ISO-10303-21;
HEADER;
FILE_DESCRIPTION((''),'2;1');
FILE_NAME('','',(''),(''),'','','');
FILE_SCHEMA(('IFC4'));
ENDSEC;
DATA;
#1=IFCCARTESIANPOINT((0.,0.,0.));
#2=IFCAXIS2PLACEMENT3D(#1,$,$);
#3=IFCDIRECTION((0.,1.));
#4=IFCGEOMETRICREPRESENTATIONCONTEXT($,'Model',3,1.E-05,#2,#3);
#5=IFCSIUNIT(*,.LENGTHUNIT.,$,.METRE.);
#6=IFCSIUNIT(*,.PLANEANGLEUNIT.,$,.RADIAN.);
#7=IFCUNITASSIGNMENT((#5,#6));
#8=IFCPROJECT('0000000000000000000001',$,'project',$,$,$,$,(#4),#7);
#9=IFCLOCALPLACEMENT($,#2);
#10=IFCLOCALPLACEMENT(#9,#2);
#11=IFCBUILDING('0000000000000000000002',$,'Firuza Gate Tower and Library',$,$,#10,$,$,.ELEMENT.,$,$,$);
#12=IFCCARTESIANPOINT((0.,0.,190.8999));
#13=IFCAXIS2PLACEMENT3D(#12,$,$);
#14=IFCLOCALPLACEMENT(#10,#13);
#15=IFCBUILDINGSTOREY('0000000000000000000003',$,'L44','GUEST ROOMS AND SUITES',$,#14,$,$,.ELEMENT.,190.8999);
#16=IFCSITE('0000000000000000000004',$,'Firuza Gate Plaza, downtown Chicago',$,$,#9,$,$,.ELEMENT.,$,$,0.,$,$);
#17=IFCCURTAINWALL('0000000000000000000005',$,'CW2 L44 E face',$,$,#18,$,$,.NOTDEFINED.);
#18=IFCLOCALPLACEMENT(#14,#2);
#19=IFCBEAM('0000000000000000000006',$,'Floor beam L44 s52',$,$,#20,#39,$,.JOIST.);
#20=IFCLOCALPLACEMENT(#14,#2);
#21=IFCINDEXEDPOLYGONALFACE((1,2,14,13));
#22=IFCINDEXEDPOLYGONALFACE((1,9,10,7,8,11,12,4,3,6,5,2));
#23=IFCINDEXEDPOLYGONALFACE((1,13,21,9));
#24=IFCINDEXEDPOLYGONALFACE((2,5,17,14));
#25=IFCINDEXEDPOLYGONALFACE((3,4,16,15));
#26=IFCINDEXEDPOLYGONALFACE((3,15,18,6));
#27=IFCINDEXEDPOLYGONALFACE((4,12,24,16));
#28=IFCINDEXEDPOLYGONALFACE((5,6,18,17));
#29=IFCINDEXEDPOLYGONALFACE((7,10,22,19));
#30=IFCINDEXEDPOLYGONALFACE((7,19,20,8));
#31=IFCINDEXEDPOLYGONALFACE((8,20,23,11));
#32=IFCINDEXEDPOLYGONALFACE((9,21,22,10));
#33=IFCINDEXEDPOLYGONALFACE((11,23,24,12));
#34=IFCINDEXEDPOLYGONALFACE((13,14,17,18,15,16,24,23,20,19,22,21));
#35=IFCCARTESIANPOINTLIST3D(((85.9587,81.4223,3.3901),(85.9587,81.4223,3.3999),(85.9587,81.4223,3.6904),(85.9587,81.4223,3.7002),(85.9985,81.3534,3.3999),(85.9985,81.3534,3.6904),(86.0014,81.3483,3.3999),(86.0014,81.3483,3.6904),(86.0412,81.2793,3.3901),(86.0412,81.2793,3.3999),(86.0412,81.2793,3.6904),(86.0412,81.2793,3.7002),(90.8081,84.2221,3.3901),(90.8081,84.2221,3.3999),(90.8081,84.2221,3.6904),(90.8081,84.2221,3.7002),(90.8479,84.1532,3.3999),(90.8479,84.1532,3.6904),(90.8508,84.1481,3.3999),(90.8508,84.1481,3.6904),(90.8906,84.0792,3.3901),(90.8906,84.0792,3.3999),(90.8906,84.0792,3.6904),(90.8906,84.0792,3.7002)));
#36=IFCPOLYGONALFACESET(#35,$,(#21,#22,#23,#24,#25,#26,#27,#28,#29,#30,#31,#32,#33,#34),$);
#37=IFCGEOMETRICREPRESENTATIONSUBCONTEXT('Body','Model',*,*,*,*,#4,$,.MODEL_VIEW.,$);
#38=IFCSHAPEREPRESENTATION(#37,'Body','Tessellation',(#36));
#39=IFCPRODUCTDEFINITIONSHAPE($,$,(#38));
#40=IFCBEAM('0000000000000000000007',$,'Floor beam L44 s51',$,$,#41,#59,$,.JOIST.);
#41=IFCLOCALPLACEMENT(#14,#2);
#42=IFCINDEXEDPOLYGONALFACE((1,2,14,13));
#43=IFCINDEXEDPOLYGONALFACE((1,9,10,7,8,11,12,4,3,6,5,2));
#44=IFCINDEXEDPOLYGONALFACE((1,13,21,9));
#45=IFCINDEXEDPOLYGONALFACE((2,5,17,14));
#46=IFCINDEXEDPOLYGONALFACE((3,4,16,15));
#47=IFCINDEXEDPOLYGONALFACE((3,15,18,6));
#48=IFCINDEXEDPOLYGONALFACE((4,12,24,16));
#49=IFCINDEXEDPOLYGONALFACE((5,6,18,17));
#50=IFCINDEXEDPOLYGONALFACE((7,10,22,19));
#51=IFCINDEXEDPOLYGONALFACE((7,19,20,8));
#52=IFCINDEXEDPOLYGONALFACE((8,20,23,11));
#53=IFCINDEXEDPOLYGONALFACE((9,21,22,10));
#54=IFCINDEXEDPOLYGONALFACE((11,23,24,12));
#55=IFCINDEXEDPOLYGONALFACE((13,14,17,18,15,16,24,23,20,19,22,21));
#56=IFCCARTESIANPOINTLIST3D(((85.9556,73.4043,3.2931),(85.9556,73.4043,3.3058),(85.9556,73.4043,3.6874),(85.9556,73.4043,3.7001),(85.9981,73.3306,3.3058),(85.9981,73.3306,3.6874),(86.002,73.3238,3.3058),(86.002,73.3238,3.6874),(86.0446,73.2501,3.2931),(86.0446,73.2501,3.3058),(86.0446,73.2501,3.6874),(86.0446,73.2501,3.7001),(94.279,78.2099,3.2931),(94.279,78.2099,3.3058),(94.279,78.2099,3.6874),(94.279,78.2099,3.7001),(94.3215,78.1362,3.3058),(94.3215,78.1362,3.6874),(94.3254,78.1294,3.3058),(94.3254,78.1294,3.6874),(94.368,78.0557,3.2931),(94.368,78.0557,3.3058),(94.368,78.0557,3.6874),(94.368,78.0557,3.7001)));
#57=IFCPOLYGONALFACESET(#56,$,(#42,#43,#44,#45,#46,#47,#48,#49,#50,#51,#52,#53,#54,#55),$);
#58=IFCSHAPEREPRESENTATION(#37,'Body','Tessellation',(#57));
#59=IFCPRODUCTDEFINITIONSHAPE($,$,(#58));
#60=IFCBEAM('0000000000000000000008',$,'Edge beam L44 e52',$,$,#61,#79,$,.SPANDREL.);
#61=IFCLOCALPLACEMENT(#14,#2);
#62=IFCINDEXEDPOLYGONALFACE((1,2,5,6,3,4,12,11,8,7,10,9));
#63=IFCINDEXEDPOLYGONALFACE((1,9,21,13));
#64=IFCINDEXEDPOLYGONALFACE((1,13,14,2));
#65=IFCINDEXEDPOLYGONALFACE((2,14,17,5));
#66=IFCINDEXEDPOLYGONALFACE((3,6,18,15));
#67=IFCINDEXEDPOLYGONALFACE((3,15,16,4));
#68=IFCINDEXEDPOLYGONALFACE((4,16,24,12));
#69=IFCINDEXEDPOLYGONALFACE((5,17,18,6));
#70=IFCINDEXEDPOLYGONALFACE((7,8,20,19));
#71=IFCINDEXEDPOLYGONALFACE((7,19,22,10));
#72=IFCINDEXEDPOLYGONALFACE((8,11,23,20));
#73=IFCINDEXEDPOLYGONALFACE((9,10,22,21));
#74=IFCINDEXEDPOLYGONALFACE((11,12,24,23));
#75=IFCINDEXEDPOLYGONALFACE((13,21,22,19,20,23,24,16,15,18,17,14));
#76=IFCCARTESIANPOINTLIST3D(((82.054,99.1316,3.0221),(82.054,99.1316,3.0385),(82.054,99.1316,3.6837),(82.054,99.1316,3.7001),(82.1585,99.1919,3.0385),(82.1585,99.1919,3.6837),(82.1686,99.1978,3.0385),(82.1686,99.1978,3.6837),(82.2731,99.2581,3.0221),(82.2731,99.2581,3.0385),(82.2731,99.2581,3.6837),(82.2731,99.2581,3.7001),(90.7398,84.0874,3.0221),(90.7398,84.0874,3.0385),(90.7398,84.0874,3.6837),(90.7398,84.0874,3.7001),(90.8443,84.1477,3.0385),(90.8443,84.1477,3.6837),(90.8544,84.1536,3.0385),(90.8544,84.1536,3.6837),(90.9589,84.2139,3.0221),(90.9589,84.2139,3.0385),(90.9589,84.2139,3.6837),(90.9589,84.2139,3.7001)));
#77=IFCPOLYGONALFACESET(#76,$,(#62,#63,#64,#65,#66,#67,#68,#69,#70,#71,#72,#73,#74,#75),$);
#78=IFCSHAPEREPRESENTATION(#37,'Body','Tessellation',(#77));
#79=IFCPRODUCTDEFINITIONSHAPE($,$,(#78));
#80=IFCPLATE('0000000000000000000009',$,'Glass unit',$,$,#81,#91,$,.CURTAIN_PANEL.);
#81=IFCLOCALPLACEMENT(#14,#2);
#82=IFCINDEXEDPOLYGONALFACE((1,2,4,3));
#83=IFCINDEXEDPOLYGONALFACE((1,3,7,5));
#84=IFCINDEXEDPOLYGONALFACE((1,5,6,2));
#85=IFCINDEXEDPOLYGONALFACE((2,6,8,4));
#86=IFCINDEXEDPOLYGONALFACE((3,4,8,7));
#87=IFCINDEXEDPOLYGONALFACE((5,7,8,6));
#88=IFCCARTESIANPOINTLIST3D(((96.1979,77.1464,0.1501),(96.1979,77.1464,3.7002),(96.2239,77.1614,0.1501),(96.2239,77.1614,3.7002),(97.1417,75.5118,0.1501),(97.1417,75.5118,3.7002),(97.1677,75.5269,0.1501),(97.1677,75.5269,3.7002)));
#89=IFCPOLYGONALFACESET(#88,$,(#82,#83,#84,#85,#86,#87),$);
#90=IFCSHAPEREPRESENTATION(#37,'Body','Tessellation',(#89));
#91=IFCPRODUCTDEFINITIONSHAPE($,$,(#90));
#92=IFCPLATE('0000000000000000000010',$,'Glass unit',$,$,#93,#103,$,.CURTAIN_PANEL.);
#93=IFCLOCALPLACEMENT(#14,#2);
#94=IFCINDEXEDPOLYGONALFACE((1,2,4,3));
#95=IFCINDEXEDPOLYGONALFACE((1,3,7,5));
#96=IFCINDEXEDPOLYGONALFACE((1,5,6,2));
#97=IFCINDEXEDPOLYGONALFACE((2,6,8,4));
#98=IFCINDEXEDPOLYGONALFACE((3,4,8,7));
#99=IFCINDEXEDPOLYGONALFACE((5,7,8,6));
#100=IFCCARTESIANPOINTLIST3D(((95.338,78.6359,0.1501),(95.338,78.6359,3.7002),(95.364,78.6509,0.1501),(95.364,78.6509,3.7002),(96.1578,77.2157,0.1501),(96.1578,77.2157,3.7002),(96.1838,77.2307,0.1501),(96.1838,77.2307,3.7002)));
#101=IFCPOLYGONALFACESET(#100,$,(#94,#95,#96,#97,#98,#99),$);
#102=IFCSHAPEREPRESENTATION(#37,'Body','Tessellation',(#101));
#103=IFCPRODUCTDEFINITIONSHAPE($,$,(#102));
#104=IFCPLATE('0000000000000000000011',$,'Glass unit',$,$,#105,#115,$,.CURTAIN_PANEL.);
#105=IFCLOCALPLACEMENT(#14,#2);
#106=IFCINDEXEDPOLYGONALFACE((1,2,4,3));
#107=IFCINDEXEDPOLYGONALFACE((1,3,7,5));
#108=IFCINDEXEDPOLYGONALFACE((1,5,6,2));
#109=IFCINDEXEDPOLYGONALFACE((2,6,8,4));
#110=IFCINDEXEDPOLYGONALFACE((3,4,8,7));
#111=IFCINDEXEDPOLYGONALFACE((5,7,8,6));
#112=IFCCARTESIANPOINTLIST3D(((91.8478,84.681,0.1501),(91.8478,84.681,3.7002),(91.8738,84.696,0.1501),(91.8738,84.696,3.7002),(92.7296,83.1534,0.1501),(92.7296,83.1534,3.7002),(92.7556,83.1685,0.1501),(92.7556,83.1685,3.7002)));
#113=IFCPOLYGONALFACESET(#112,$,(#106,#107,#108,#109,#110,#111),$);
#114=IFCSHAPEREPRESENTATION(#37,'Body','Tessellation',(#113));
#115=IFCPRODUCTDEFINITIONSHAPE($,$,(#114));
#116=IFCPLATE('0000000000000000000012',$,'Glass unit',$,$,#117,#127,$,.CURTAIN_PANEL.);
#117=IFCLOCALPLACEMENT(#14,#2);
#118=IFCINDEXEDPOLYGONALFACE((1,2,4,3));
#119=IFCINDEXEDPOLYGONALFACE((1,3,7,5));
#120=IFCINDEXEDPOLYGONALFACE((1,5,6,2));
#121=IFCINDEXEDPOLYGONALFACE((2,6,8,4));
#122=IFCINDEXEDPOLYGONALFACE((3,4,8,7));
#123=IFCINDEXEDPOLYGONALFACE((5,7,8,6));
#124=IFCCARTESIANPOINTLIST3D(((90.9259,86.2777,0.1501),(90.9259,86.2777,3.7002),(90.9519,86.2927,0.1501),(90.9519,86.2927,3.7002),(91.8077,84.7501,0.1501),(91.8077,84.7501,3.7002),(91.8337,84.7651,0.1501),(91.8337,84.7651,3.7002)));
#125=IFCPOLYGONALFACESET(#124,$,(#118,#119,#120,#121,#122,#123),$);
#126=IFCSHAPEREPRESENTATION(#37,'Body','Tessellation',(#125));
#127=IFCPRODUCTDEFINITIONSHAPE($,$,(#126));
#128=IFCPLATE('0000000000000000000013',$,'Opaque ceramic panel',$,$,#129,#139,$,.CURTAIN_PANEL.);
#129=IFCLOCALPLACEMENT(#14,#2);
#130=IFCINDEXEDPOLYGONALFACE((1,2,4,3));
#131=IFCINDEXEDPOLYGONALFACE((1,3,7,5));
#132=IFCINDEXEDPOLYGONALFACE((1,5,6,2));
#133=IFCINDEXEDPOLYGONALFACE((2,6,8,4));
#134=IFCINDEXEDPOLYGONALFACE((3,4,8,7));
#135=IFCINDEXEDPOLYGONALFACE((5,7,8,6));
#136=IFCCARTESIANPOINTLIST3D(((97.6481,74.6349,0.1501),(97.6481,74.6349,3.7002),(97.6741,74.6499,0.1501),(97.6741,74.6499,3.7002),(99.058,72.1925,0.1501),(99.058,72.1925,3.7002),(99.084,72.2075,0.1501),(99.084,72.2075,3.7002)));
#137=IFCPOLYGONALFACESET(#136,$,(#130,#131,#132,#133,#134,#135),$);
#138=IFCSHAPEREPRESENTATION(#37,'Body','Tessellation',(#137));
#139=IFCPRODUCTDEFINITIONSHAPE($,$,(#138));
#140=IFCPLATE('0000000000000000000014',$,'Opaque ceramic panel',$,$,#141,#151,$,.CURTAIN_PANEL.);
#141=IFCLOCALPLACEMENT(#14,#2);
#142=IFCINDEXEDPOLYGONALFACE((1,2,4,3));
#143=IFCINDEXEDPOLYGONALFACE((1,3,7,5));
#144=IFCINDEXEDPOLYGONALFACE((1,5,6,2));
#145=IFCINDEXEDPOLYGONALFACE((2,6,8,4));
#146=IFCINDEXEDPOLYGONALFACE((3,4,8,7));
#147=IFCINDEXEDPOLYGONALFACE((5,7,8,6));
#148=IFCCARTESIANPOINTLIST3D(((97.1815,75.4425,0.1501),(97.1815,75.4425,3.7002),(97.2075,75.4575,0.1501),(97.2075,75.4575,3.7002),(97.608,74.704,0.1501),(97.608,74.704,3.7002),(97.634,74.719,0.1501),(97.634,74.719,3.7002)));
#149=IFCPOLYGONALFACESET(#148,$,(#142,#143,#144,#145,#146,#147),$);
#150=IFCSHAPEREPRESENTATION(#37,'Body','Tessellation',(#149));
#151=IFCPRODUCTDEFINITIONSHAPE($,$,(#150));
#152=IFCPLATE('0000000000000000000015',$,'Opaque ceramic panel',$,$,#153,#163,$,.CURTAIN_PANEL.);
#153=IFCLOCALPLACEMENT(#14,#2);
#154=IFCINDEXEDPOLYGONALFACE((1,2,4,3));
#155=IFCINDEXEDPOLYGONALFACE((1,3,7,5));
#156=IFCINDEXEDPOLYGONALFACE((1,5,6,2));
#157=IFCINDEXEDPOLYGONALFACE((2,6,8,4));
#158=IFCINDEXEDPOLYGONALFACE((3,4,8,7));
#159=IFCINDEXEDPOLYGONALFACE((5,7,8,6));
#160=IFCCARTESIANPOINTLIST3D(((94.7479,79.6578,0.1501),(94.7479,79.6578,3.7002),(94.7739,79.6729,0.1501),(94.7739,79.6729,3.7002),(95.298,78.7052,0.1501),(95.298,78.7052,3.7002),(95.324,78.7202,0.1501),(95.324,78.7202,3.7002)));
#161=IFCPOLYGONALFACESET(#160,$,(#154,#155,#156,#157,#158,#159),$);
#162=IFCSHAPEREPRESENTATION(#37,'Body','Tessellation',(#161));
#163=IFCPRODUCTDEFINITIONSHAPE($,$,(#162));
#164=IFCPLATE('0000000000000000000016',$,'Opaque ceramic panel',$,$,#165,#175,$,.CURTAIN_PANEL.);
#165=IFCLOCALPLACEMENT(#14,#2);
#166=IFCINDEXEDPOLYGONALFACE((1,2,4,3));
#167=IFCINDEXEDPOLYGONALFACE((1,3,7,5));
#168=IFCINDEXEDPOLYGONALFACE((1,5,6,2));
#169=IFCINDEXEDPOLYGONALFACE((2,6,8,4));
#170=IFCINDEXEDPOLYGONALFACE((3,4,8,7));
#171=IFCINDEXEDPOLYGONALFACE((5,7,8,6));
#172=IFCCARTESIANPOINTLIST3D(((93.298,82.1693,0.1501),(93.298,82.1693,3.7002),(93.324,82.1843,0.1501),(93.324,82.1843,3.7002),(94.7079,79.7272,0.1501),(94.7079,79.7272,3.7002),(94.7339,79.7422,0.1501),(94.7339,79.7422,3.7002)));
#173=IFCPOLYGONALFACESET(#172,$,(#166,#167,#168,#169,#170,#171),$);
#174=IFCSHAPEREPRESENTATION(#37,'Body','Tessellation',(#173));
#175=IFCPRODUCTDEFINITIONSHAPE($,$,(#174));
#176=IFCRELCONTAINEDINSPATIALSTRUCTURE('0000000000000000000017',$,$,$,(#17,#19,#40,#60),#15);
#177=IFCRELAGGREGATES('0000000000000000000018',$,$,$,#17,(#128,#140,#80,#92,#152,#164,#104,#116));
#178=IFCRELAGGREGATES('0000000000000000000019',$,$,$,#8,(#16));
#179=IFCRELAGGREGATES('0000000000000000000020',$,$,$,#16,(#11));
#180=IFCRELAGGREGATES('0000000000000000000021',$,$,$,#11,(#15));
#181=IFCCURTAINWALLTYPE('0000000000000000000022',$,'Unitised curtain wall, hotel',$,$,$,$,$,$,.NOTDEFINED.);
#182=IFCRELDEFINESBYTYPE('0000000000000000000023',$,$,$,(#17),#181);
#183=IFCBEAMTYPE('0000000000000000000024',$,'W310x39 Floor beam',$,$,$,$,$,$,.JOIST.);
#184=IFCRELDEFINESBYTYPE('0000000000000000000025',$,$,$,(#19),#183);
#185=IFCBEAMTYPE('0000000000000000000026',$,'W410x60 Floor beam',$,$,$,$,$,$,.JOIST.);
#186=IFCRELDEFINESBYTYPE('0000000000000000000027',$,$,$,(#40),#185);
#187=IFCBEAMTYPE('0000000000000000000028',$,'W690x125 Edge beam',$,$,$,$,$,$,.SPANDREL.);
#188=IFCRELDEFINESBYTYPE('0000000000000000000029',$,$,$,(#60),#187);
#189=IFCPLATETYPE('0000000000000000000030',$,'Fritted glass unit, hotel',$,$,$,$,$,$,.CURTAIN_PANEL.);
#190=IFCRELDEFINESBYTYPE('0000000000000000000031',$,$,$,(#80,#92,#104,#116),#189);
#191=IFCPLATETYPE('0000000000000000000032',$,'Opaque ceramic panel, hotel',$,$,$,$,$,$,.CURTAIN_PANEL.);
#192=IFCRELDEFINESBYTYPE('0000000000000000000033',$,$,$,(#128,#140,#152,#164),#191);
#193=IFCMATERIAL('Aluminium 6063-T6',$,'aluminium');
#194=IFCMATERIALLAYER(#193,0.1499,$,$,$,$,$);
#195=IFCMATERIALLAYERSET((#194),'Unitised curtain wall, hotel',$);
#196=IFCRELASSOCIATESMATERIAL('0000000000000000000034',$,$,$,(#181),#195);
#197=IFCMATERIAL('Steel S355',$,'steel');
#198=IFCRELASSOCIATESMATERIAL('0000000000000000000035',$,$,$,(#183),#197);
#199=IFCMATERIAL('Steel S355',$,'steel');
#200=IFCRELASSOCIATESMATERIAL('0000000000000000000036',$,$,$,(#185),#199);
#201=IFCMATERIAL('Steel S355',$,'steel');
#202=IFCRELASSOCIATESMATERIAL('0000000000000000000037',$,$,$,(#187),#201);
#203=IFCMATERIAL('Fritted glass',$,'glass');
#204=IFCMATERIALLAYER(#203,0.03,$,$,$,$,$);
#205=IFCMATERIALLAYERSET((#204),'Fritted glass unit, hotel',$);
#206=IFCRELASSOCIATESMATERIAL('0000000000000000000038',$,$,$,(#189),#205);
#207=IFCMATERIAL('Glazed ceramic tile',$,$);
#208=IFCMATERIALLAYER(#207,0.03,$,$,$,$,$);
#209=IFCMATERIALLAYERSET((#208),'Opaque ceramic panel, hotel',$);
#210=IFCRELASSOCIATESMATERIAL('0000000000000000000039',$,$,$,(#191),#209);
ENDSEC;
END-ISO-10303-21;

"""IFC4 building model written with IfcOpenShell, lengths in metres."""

from ifc_helpers import new_model, si_unit, direction, frame, origin, origin_2d, place, context, subcontext, project, spatial, polyline, i_section, outline, extrude, material, layer, layer_set, material_profile, profile_set, type_object, element, aggregate, save


model = new_model("IFC4")

# Units and contexts
model_context = context("Model", 3, precision=1e-05, world=origin(), true_north=direction((0.0, 1.0)))
body_context = subcontext(model_context, "Body", "Model", "MODEL_VIEW")
ifc_project = project(units=[si_unit("LENGTHUNIT", "METRE"), si_unit("PLANEANGLEUNIT", "RADIAN")], contexts=[model_context])

# Site, building, storey
site_placement = place(None, origin())
site = spatial("IfcSite", under=ifc_project, at=site_placement, Name="Firuza Gate Plaza, downtown Chicago", CompositionType="ELEMENT", RefElevation=0.0)
building_placement = place(site_placement, origin())
building = spatial("IfcBuilding", under=site, at=building_placement, Name="Firuza Gate Tower and Library", CompositionType="ELEMENT")
storey_placement = place(building_placement, frame((0.0, 0.0, 190.8999)))
storey = spatial("IfcBuildingStorey", under=building, at=storey_placement, Name="L44", Description="GUEST ROOMS AND SUITES", CompositionType="ELEMENT", Elevation=190.8999)

# Curtain wall
ifc_material_1 = material(Name="Aluminium 6063-T6", Category="aluminium")
ifc_layer_1 = layer(ifc_material_1, 0.1499)
ifc_layer_set_1 = layer_set([ifc_layer_1], Name="Unitised curtain wall, hotel")
curtain_wall_type = type_object("IfcCurtainWallType", Name="Unitised curtain wall, hotel", PredefinedType="NOTDEFINED", material=ifc_layer_set_1)
curtain_wall_placement = place(storey_placement, origin())
curtain_wall = element("IfcCurtainWall", 1, at=curtain_wall_placement, inside=storey, type_object=curtain_wall_type, Name="CW2 L44 E face", PredefinedType="NOTDEFINED")

# Beams
ifc_material_2 = material(Name="Steel S355", Category="steel")
ifc_material_profile_1 = material_profile(ifc_material_2, i_section(OverallWidth=0.165, OverallDepth=0.3101, WebThickness=0.0059, FlangeThickness=0.0098, at=origin_2d()))
ifc_profile_set_1 = profile_set([ifc_material_profile_1], Name="Steel S355")
beam_type_1 = type_object("IfcBeamType", Name="W310x39 Floor beam", PredefinedType="JOIST", material=ifc_profile_set_1)
beam_1_placement = place(storey_placement, frame((90.8494, 84.1506, 3.5452), z_axis=(-0.866024, -0.500003, 0.0), x_axis=(0.500003, -0.866024, 0.0)))
element("IfcBeam", 2, at=beam_1_placement, inside=storey, type_object=beam_type_1, Name="Floor beam L44 s52", PredefinedType="JOIST", context=body_context, shape_type="SweptSolid", body=[
    extrude(i_section(OverallWidth=0.165, OverallDepth=0.3101, WebThickness=0.0059, FlangeThickness=0.0098, at=origin_2d()), origin(), (0.0, 0.0, 1.0), 5.5996),
])
ifc_material_3 = material(Name="Steel S355", Category="steel")
ifc_material_profile_2 = material_profile(ifc_material_3, i_section(OverallWidth=0.178, OverallDepth=0.407, WebThickness=0.0078, FlangeThickness=0.0127, at=origin_2d()))
ifc_profile_set_2 = profile_set([ifc_material_profile_2], Name="Steel S355")
beam_type_2 = type_object("IfcBeamType", Name="W410x60 Floor beam", PredefinedType="JOIST", material=ifc_profile_set_2)
beam_2_placement = place(storey_placement, frame((94.3235, 78.1328, 3.4966), z_axis=(-0.866021, -0.500008, 0.0), x_axis=(0.500008, -0.866021, 0.0)))
element("IfcBeam", 3, at=beam_2_placement, inside=storey, type_object=beam_type_2, Name="Floor beam L44 s51", PredefinedType="JOIST", context=body_context, shape_type="SweptSolid", body=[
    extrude(i_section(OverallWidth=0.178, OverallDepth=0.407, WebThickness=0.0078, FlangeThickness=0.0127, at=origin_2d()), origin(), (0.0, 0.0, 1.0), 9.6111),
])
ifc_material_4 = material(Name="Steel S355", Category="steel")
ifc_material_profile_3 = material_profile(ifc_material_4, i_section(OverallWidth=0.2529, OverallDepth=0.678, WebThickness=0.0117, FlangeThickness=0.0164, at=origin_2d()))
ifc_profile_set_3 = profile_set([ifc_material_profile_3], Name="Steel S355")
beam_type_3 = type_object("IfcBeamType", Name="W690x125 Edge beam", PredefinedType="SPANDREL", material=ifc_profile_set_3)
beam_3_placement = place(storey_placement, frame((90.8494, 84.1506, 3.3611), z_axis=(-0.500001, 0.866025, 0.0), x_axis=(-0.866025, -0.500001, 0.0)))
element("IfcBeam", 4, at=beam_3_placement, inside=storey, type_object=beam_type_3, Name="Edge beam L44 e52", PredefinedType="SPANDREL", context=body_context, shape_type="SweptSolid", body=[
    extrude(i_section(OverallWidth=0.2529, OverallDepth=0.678, WebThickness=0.0117, FlangeThickness=0.0164, at=origin_2d()), origin(), (0.0, 0.0, 1.0), 17.3716),
])

# Plates
ifc_material_5 = material(Name="Fritted glass", Category="glass")
ifc_layer_2 = layer(ifc_material_5, 0.03)
ifc_layer_set_2 = layer_set([ifc_layer_2], Name="Fritted glass unit, hotel")
plate_type_1 = type_object("IfcPlateType", Name="Fritted glass unit, hotel", PredefinedType="CURTAIN_PANEL", material=ifc_layer_set_2)
plate_1_placement = place(storey_placement, frame((97.1677, 75.5269, 0.1501), z_axis=(0.86599, 0.500062, 0.0), x_axis=(-0.500062, 0.86599, 0.0)))
plate_1 = element("IfcPlate", 5, at=plate_1_placement, type_object=plate_type_1, Name="Glass unit", PredefinedType="CURTAIN_PANEL", context=body_context, shape_type="SweptSolid", body=[
    extrude(outline(polyline([(0.0, 0.0), (1.8875, 0.0), (1.8875, 3.55), (0.0, 3.55), (0.0, 0.0)])), origin(), (0.0, 0.0, -1.0), 0.03),
])
plate_2_placement = place(storey_placement, frame((96.1838, 77.2307, 0.1501), z_axis=(0.866054, 0.49995, 0.0), x_axis=(-0.49995, 0.866054, 0.0)))
plate_2 = element("IfcPlate", 6, at=plate_2_placement, type_object=plate_type_1, Name="Glass unit", PredefinedType="CURTAIN_PANEL", context=body_context, shape_type="SweptSolid", body=[
    extrude(outline(polyline([(0.0, 0.0), (1.6398, 0.0), (1.6398, 3.55), (0.0, 3.55), (0.0, 0.0)])), origin(), (0.0, 0.0, -1.0), 0.03),
])
plate_3_placement = place(storey_placement, frame((92.7556, 83.1685, 0.1501), z_axis=(0.866054, 0.49995, 0.0), x_axis=(-0.49995, 0.866054, 0.0)))
plate_3 = element("IfcPlate", 7, at=plate_3_placement, type_object=plate_type_1, Name="Glass unit", PredefinedType="CURTAIN_PANEL", context=body_context, shape_type="SweptSolid", body=[
    extrude(outline(polyline([(0.0, 0.0), (1.7638, 0.0), (1.7638, 3.55), (0.0, 3.55), (0.0, 0.0)])), origin(), (0.0, 0.0, -1.0), 0.03),
])
plate_4_placement = place(storey_placement, frame((91.8337, 84.7651, 0.1501), z_axis=(0.866054, 0.49995, 0.0), x_axis=(-0.49995, 0.866054, 0.0)))
plate_4 = element("IfcPlate", 8, at=plate_4_placement, type_object=plate_type_1, Name="Glass unit", PredefinedType="CURTAIN_PANEL", context=body_context, shape_type="SweptSolid", body=[
    extrude(outline(polyline([(0.0, 0.0), (1.7638, 0.0), (1.7638, 3.55), (0.0, 3.55), (0.0, 0.0)])), origin(), (0.0, 0.0, -1.0), 0.03),
])
ifc_material_6 = material(Name="Glazed ceramic tile")
ifc_layer_3 = layer(ifc_material_6, 0.03)
ifc_layer_set_3 = layer_set([ifc_layer_3], Name="Opaque ceramic panel, hotel")
plate_type_2 = type_object("IfcPlateType", Name="Opaque ceramic panel, hotel", PredefinedType="CURTAIN_PANEL", material=ifc_layer_set_3)
plate_5_placement = place(storey_placement, frame((99.084, 72.2075, 0.1501), z_axis=(0.866056, 0.499947, 0.0), x_axis=(-0.499947, 0.866056, 0.0)))
plate_5 = element("IfcPlate", 9, at=plate_5_placement, type_object=plate_type_2, Name="Opaque ceramic panel", PredefinedType="CURTAIN_PANEL", context=body_context, shape_type="SweptSolid", body=[
    extrude(outline(polyline([(0.0, 0.0), (2.8201, 0.0), (2.8201, 3.55), (0.0, 3.55), (0.0, 0.0)])), origin(), (0.0, 0.0, -1.0), 0.03),
])
plate_6_placement = place(storey_placement, frame((97.634, 74.719, 0.1501), z_axis=(0.865962, 0.500111, 0.0), x_axis=(-0.500111, 0.865962, 0.0)))
plate_6 = element("IfcPlate", 10, at=plate_6_placement, type_object=plate_type_2, Name="Opaque ceramic panel", PredefinedType="CURTAIN_PANEL", context=body_context, shape_type="SweptSolid", body=[
    extrude(outline(polyline([(0.0, 0.0), (0.8528, 0.0), (0.8528, 3.55), (0.0, 3.55), (0.0, 0.0)])), origin(), (0.0, 0.0, -1.0), 0.03),
])
plate_7_placement = place(storey_placement, frame((95.324, 78.7202, 0.1501), z_axis=(0.866008, 0.50003, 0.0), x_axis=(-0.50003, 0.866008, 0.0)))
plate_7 = element("IfcPlate", 11, at=plate_7_placement, type_object=plate_type_2, Name="Opaque ceramic panel", PredefinedType="CURTAIN_PANEL", context=body_context, shape_type="SweptSolid", body=[
    extrude(outline(polyline([(0.0, 0.0), (1.1, 0.0), (1.1, 3.55), (0.0, 3.55), (0.0, 0.0)])), origin(), (0.0, 0.0, -1.0), 0.03),
])
plate_8_placement = place(storey_placement, frame((94.7339, 79.7422, 0.1501), z_axis=(0.866034, 0.499985, 0.0), x_axis=(-0.499985, 0.866034, 0.0)))
plate_8 = element("IfcPlate", 12, at=plate_8_placement, type_object=plate_type_2, Name="Opaque ceramic panel", PredefinedType="CURTAIN_PANEL", context=body_context, shape_type="SweptSolid", body=[
    extrude(outline(polyline([(0.0, 0.0), (2.8199, 0.0), (2.8199, 3.55), (0.0, 3.55), (0.0, 0.0)])), origin(), (0.0, 0.0, -1.0), 0.03),
])
aggregate(curtain_wall, [plate_5, plate_6, plate_1, plate_2, plate_7, plate_8, plate_3, plate_4])

save(model, "model.ifc")
